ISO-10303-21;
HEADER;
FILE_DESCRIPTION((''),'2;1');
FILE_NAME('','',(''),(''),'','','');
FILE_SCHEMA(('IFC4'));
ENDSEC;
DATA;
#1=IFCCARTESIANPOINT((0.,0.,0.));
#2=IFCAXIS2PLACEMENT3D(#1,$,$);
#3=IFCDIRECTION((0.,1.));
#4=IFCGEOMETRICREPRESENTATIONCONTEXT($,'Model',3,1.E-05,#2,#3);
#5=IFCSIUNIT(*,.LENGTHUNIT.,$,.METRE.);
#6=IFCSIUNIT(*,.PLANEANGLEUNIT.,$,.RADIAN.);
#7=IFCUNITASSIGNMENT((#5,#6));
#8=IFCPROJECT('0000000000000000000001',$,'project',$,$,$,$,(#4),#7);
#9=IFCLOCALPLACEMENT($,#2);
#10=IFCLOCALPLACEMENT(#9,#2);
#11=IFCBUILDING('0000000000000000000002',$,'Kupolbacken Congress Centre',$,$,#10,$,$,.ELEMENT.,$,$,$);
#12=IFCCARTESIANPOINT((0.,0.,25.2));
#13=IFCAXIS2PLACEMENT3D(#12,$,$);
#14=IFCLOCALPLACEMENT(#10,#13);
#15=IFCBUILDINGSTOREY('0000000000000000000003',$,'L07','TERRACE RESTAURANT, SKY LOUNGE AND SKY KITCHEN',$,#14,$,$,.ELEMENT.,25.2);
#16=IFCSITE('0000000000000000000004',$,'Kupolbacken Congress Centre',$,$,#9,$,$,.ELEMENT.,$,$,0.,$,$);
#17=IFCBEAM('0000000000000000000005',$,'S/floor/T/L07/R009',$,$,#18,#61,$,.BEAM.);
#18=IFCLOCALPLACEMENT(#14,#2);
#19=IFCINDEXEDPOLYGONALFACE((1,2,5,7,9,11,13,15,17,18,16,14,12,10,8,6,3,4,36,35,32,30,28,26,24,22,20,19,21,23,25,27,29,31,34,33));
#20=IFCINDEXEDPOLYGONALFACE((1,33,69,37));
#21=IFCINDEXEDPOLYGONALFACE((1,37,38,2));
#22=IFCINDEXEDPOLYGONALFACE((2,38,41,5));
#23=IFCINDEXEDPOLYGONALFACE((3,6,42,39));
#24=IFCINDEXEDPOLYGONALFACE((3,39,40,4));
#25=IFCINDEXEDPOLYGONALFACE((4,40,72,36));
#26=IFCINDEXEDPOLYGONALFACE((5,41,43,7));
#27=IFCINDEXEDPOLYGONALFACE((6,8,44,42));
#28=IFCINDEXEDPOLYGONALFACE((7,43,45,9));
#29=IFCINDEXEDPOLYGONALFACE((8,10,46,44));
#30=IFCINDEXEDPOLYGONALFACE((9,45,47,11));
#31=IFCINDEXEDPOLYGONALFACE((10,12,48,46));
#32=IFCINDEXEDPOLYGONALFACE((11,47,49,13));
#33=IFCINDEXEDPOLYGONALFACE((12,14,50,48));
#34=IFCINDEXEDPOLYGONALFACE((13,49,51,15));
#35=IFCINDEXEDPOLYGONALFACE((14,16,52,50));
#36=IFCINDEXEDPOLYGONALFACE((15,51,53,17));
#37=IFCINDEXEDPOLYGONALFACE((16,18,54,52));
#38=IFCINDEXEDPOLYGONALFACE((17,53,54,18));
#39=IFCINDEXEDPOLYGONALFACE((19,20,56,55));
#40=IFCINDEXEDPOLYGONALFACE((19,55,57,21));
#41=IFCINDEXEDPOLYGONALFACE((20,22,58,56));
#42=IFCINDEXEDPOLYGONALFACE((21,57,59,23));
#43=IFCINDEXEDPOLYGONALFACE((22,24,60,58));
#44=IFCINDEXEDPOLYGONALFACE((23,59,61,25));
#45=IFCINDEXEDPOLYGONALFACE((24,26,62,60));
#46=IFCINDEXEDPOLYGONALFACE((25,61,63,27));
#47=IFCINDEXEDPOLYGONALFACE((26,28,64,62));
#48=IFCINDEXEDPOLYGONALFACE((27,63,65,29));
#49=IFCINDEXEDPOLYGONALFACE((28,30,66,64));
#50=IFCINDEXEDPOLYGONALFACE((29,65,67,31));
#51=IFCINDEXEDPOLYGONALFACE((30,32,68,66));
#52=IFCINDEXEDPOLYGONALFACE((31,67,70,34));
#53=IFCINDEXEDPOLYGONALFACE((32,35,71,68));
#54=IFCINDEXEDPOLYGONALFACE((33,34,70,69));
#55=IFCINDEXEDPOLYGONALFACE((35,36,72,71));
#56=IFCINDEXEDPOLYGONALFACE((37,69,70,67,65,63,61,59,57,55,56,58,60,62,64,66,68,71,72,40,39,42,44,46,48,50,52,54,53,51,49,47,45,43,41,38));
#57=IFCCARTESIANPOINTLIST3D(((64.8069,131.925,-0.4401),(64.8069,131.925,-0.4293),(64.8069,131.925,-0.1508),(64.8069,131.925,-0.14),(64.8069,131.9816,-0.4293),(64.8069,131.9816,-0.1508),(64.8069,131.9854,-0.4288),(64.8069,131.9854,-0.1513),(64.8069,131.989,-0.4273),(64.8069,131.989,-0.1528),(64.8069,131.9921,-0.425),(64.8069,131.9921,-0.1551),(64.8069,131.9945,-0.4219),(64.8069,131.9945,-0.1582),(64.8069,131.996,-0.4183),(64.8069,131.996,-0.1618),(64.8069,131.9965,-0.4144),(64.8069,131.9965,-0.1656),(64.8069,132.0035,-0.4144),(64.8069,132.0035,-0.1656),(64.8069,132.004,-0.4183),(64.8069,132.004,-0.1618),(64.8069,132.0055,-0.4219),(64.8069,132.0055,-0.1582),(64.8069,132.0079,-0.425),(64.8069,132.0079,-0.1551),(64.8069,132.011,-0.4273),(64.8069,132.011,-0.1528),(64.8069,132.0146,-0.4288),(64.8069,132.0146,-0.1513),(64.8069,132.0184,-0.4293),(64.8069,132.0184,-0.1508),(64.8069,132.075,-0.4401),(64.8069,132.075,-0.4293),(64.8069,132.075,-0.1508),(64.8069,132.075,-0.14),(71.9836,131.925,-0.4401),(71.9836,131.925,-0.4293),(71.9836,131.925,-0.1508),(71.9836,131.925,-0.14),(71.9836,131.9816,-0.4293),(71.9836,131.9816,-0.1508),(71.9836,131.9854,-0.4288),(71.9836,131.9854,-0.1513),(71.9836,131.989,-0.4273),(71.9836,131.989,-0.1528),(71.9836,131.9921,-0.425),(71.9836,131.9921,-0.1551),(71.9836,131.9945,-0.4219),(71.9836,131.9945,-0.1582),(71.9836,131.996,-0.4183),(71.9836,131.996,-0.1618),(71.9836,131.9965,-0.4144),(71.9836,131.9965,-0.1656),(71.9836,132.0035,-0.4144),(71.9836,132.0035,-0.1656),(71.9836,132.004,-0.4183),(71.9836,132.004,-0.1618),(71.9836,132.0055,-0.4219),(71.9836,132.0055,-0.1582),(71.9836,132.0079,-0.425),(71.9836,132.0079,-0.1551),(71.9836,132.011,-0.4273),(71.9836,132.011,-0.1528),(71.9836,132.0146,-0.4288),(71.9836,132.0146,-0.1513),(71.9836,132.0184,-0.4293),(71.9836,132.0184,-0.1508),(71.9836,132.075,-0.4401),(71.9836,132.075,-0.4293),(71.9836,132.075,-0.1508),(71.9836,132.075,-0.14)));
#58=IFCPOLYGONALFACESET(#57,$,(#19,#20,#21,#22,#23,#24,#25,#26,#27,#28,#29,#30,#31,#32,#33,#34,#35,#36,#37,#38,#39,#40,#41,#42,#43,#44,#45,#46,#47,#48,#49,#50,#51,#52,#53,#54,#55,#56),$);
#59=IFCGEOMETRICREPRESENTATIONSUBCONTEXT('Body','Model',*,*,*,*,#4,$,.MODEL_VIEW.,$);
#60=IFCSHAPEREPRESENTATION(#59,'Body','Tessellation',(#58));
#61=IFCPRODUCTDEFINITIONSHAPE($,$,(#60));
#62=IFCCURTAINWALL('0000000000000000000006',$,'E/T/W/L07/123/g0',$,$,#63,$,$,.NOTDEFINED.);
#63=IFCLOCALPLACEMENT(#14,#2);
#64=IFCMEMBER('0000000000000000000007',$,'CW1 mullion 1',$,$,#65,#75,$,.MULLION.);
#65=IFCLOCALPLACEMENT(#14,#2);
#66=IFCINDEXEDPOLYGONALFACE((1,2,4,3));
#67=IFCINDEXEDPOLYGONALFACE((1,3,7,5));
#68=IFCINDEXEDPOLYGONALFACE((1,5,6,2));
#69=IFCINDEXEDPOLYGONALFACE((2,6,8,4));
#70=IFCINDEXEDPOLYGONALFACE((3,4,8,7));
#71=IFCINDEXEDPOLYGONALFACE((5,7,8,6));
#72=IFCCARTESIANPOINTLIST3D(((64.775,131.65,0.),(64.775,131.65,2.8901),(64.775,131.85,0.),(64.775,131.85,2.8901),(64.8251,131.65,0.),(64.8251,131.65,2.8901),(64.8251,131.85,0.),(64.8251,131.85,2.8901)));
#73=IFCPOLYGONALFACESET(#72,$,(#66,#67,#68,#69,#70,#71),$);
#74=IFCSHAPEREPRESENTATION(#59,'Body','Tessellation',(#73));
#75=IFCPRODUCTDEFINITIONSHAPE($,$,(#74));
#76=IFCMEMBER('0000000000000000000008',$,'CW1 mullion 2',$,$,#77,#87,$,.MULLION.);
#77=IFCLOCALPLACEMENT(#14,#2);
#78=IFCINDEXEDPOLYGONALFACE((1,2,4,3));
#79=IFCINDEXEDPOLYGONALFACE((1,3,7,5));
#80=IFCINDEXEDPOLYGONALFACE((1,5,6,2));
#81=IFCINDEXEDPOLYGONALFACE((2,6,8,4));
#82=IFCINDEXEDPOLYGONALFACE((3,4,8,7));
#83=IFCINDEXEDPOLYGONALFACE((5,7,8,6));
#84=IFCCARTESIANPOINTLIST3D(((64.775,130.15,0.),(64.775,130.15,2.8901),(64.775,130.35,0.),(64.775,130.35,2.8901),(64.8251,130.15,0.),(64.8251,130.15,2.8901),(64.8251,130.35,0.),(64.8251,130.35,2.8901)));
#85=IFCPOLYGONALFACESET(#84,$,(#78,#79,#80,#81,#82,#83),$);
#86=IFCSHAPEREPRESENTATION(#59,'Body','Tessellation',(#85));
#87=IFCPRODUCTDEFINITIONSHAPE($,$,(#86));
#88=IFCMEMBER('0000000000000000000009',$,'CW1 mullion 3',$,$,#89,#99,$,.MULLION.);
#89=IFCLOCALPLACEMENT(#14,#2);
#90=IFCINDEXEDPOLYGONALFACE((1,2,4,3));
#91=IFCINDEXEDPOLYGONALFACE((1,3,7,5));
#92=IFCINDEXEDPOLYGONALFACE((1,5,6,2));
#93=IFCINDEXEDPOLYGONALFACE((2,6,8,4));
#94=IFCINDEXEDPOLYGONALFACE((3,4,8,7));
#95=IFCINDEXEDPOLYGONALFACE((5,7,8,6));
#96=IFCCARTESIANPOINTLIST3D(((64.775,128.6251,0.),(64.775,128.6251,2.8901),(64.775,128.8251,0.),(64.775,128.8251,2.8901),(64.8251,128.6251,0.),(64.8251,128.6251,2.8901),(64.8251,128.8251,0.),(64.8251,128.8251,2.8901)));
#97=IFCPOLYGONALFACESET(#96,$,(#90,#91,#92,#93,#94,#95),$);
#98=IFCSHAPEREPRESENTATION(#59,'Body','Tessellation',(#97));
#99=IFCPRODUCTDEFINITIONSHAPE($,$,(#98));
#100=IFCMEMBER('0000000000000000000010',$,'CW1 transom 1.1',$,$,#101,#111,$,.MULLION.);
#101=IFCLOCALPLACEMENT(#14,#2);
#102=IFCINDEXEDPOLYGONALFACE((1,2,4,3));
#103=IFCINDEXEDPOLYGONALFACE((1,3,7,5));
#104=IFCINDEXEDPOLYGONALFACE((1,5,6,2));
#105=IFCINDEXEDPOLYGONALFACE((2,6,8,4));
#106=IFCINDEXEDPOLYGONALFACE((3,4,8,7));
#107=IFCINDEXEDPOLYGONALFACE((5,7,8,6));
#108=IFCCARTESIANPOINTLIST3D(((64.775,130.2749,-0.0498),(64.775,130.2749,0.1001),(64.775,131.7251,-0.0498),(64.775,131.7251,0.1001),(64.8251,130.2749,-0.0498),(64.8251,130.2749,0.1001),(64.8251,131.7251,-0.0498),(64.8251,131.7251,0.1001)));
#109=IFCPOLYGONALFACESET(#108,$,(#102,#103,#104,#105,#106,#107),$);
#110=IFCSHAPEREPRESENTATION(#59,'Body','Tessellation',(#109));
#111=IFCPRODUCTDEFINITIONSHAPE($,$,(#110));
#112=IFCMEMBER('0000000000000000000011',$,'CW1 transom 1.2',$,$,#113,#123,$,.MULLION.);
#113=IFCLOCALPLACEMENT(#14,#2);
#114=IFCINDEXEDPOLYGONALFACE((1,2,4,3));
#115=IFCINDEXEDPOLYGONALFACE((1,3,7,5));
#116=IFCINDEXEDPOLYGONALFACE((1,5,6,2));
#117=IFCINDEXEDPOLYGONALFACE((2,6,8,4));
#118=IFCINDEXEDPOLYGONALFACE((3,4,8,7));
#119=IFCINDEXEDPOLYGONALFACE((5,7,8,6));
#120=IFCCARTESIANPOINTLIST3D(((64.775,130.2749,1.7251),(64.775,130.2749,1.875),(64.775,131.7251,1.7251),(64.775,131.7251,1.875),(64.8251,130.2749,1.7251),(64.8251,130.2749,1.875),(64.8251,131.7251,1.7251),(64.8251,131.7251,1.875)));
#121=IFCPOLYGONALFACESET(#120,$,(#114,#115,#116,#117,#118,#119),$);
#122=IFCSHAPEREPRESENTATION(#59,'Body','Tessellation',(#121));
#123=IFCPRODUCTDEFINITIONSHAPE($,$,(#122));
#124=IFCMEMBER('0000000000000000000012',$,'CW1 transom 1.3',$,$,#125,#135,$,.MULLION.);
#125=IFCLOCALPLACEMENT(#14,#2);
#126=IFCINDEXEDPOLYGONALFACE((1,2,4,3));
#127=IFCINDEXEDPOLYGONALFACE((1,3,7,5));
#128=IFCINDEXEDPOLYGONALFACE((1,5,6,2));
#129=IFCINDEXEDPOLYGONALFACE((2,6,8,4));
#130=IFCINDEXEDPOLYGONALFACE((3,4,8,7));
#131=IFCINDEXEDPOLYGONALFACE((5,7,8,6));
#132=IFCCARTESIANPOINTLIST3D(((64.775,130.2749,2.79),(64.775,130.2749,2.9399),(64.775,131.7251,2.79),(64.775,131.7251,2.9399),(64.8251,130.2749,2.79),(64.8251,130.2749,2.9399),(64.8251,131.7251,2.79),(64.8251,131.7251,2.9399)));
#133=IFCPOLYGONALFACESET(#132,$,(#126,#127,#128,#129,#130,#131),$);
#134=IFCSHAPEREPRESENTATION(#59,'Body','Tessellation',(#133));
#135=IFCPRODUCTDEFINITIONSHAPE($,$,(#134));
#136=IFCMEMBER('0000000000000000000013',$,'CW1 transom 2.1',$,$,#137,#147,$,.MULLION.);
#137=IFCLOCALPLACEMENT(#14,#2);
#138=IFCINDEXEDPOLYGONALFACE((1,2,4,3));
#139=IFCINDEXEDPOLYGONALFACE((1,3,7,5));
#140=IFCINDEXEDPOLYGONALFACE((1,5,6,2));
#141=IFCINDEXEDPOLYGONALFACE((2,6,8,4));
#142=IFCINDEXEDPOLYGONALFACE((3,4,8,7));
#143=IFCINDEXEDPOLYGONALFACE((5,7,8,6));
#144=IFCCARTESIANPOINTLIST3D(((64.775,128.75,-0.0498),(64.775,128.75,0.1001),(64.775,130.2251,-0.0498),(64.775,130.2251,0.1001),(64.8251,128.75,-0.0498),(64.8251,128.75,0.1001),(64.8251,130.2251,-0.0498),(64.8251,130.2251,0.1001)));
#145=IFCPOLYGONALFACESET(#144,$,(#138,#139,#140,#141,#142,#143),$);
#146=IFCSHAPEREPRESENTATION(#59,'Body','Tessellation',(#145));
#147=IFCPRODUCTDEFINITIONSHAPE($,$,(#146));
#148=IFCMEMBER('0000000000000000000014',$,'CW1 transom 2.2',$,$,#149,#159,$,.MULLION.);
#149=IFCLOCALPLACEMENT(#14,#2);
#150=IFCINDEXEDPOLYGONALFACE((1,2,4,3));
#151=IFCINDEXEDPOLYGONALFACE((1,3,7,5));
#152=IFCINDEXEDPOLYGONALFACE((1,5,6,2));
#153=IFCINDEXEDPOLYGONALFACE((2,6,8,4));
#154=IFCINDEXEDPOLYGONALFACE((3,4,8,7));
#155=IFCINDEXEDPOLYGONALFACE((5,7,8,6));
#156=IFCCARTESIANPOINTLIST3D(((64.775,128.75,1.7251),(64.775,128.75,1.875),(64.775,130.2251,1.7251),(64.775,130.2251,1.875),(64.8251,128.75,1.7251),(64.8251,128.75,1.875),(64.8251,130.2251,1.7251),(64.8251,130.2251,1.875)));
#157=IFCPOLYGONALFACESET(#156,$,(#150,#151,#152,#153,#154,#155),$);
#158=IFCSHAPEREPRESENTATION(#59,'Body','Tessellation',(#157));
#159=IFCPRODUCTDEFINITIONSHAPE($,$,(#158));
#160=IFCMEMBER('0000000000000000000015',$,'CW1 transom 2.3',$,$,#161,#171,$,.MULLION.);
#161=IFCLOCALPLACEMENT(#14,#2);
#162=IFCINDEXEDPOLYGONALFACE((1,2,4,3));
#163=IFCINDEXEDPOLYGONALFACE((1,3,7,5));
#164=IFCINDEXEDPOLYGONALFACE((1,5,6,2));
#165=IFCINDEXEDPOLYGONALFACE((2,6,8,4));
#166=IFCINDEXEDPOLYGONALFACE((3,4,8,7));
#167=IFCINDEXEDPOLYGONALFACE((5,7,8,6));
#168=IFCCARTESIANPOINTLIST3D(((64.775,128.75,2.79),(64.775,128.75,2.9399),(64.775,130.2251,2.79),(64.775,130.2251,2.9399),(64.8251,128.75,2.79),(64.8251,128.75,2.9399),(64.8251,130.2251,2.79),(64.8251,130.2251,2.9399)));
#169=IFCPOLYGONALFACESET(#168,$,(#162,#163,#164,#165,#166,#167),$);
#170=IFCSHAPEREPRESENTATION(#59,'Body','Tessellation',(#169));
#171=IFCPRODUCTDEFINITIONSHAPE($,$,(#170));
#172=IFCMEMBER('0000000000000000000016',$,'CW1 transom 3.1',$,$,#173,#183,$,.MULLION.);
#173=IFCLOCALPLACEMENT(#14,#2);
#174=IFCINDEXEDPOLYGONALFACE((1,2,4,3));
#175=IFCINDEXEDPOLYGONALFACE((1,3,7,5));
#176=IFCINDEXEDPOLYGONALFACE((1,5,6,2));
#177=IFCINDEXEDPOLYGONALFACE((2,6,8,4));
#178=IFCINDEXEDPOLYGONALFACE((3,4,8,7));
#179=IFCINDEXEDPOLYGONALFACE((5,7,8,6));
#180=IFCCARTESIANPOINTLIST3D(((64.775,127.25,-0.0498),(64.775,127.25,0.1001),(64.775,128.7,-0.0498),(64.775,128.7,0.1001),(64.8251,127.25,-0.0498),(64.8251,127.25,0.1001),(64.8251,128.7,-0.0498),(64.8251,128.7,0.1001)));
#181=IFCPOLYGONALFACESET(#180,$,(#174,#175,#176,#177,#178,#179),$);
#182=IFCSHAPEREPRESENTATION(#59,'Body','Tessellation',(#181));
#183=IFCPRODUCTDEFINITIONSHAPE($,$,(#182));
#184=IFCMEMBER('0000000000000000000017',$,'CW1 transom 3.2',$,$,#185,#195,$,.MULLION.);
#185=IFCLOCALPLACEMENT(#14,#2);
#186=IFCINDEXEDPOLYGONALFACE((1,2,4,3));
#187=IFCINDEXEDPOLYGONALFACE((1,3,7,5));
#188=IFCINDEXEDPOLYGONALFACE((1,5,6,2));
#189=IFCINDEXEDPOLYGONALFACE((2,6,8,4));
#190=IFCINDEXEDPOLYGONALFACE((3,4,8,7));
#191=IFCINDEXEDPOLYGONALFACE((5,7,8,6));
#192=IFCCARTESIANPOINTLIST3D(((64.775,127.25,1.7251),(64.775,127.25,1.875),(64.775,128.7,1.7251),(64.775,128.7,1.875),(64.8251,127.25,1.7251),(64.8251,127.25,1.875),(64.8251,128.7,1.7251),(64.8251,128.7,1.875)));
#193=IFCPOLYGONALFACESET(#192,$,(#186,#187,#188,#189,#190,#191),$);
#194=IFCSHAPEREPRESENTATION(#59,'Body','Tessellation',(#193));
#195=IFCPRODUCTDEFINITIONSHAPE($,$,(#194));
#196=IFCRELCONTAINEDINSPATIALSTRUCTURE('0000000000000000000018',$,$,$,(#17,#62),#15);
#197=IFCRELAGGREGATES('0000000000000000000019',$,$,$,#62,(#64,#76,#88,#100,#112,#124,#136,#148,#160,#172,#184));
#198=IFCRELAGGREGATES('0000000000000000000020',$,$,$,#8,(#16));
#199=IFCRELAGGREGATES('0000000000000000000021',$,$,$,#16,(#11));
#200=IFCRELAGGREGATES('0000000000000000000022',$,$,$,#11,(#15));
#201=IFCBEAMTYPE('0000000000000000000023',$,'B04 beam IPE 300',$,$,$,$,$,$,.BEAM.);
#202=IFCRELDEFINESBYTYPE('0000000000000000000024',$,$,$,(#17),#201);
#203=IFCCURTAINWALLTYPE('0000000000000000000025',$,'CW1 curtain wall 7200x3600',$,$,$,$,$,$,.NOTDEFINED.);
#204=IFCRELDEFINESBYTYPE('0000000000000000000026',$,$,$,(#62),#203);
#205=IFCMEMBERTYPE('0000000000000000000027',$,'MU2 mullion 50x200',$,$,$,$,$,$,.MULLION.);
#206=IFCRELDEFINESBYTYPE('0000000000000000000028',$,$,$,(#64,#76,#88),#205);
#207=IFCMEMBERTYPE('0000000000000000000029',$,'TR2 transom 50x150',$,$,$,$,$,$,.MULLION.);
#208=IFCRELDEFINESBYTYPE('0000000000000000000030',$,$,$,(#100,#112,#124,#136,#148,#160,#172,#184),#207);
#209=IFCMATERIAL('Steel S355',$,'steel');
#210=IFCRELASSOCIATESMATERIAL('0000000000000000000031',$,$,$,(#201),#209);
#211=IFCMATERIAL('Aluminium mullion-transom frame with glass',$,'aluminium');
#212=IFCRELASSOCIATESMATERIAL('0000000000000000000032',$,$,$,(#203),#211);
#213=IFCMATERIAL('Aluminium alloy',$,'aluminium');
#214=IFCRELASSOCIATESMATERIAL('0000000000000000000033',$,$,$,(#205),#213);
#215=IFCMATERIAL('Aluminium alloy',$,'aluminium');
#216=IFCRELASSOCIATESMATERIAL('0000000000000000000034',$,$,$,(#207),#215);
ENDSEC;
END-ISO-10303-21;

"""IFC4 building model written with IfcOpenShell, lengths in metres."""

from ifc_helpers import new_model, si_unit, direction, frame, origin, origin_2d, place, context, subcontext, project, spatial, rectangle, i_section, extrude, material, material_profile, profile_set, type_object, element, aggregate, save


model = new_model("IFC4")

# Units and contexts
model_context = context("Model", 3, precision=1e-05, world=origin(), true_north=direction((0.0, 1.0)))
body_context = subcontext(model_context, "Body", "Model", "MODEL_VIEW")
ifc_project = project(units=[si_unit("LENGTHUNIT", "METRE"), si_unit("PLANEANGLEUNIT", "RADIAN")], contexts=[model_context])

# Site, building, storey
site_placement = place(None, origin())
site = spatial("IfcSite", under=ifc_project, at=site_placement, Name="Kupolbacken Congress Centre", CompositionType="ELEMENT", RefElevation=0.0)
building_placement = place(site_placement, origin())
building = spatial("IfcBuilding", under=site, at=building_placement, Name="Kupolbacken Congress Centre", CompositionType="ELEMENT")
storey_placement = place(building_placement, frame((0.0, 0.0, 25.2)))
storey = spatial("IfcBuildingStorey", under=building, at=storey_placement, Name="L07", Description="TERRACE RESTAURANT, SKY LOUNGE AND SKY KITCHEN", CompositionType="ELEMENT", Elevation=25.2)

# Beam
ifc_material_1 = material(Name="Steel S355", Category="steel")
ifc_material_profile_1 = material_profile(ifc_material_1, i_section(OverallWidth=0.1499, OverallDepth=0.3, WebThickness=0.0071, FlangeThickness=0.0107, FilletRadius=0.0149, at=origin_2d()), Name="IPE 300")
ifc_profile_set_1 = profile_set([ifc_material_profile_1], Name="Steel S355")
beam_type = type_object("IfcBeamType", Name="B04 beam IPE 300", PredefinedType="BEAM", material=ifc_profile_set_1)
beam_placement = place(storey_placement, frame((64.8069, 132.0, -0.29), z_axis=(1.0, 0.0, 0.0), x_axis=(0.0, 1.0, 0.0)))
element("IfcBeam", 1, at=beam_placement, inside=storey, type_object=beam_type, Name="S/floor/T/L07/R009", PredefinedType="BEAM", context=body_context, shape_type="SweptSolid", body=[
    extrude(i_section(OverallWidth=0.1499, OverallDepth=0.3, WebThickness=0.0071, FlangeThickness=0.0107, FilletRadius=0.0149, at=origin_2d()), origin(), (0.0, 0.0, 1.0), 7.1768),
])

# Curtain wall, members
ifc_material_2 = material(Name="Aluminium mullion-transom frame with glass", Category="aluminium")
curtain_wall_type = type_object("IfcCurtainWallType", Name="CW1 curtain wall 7200x3600", PredefinedType="NOTDEFINED", material=ifc_material_2)
curtain_wall_placement = place(storey_placement, origin())
curtain_wall = element("IfcCurtainWall", 2, at=curtain_wall_placement, inside=storey, type_object=curtain_wall_type, Name="E/T/W/L07/123/g0", PredefinedType="NOTDEFINED")
ifc_material_3 = material(Name="Aluminium alloy", Category="aluminium")
ifc_material_profile_2 = material_profile(ifc_material_3, rectangle(XDim=0.05, YDim=0.2, at=origin_2d()), Name="50 x 200")
ifc_profile_set_2 = profile_set([ifc_material_profile_2], Name="Aluminium alloy")
member_type_1 = type_object("IfcMemberType", Name="MU2 mullion 50x200", PredefinedType="MULLION", material=ifc_profile_set_2)
member_1_placement = place(storey_placement, frame((64.8, 131.75, 0.0), z_axis=(0.0, 0.0, 1.0), x_axis=(1.0, 0.0, 0.0)))
member_1 = element("IfcMember", 3, at=member_1_placement, type_object=member_type_1, Name="CW1 mullion 1", PredefinedType="MULLION", context=body_context, shape_type="SweptSolid", body=[
    extrude(rectangle(XDim=0.05, YDim=0.2, at=origin_2d()), origin(), (0.0, 0.0, 1.0), 2.8901),
])
member_2_placement = place(storey_placement, frame((64.8, 130.25, 0.0), z_axis=(0.0, 0.0, 1.0), x_axis=(1.0, 0.0, 0.0)))
member_2 = element("IfcMember", 4, at=member_2_placement, type_object=member_type_1, Name="CW1 mullion 2", PredefinedType="MULLION", context=body_context, shape_type="SweptSolid", body=[
    extrude(rectangle(XDim=0.05, YDim=0.2, at=origin_2d()), origin(), (0.0, 0.0, 1.0), 2.8901),
])
member_3_placement = place(storey_placement, frame((64.8, 128.7251, 0.0), z_axis=(0.0, 0.0, 1.0), x_axis=(1.0, 0.0, 0.0)))
member_3 = element("IfcMember", 5, at=member_3_placement, type_object=member_type_1, Name="CW1 mullion 3", PredefinedType="MULLION", context=body_context, shape_type="SweptSolid", body=[
    extrude(rectangle(XDim=0.05, YDim=0.2, at=origin_2d()), origin(), (0.0, 0.0, 1.0), 2.8901),
])
ifc_material_4 = material(Name="Aluminium alloy", Category="aluminium")
ifc_material_profile_3 = material_profile(ifc_material_4, rectangle(XDim=0.05, YDim=0.1499, at=origin_2d()), Name="50 x 150")
ifc_profile_set_3 = profile_set([ifc_material_profile_3], Name="Aluminium alloy")
member_type_2 = type_object("IfcMemberType", Name="TR2 transom 50x150", PredefinedType="MULLION", material=ifc_profile_set_3)
member_4_placement = place(storey_placement, frame((64.8, 131.7251, 0.0251), z_axis=(0.0, -1.0, 0.0), x_axis=(1.0, 0.0, 0.0)))
member_4 = element("IfcMember", 6, at=member_4_placement, type_object=member_type_2, Name="CW1 transom 1.1", PredefinedType="MULLION", context=body_context, shape_type="SweptSolid", body=[
    extrude(rectangle(XDim=0.05, YDim=0.1499, at=origin_2d()), origin(), (0.0, 0.0, 1.0), 1.4502),
])
member_5_placement = place(storey_placement, frame((64.8, 131.7251, 1.8), z_axis=(0.0, -1.0, 0.0), x_axis=(1.0, 0.0, 0.0)))
member_5 = element("IfcMember", 7, at=member_5_placement, type_object=member_type_2, Name="CW1 transom 1.2", PredefinedType="MULLION", context=body_context, shape_type="SweptSolid", body=[
    extrude(rectangle(XDim=0.05, YDim=0.1499, at=origin_2d()), origin(), (0.0, 0.0, 1.0), 1.4502),
])
member_6_placement = place(storey_placement, frame((64.8, 131.7251, 2.865), z_axis=(0.0, -1.0, 0.0), x_axis=(1.0, 0.0, 0.0)))
member_6 = element("IfcMember", 8, at=member_6_placement, type_object=member_type_2, Name="CW1 transom 1.3", PredefinedType="MULLION", context=body_context, shape_type="SweptSolid", body=[
    extrude(rectangle(XDim=0.05, YDim=0.1499, at=origin_2d()), origin(), (0.0, 0.0, 1.0), 1.4502),
])
member_7_placement = place(storey_placement, frame((64.8, 130.2251, 0.0251), z_axis=(0.0, -1.0, 0.0), x_axis=(1.0, 0.0, 0.0)))
member_7 = element("IfcMember", 9, at=member_7_placement, type_object=member_type_2, Name="CW1 transom 2.1", PredefinedType="MULLION", context=body_context, shape_type="SweptSolid", body=[
    extrude(rectangle(XDim=0.05, YDim=0.1499, at=origin_2d()), origin(), (0.0, 0.0, 1.0), 1.4751),
])
member_8_placement = place(storey_placement, frame((64.8, 130.2251, 1.8), z_axis=(0.0, -1.0, 0.0), x_axis=(1.0, 0.0, 0.0)))
member_8 = element("IfcMember", 10, at=member_8_placement, type_object=member_type_2, Name="CW1 transom 2.2", PredefinedType="MULLION", context=body_context, shape_type="SweptSolid", body=[
    extrude(rectangle(XDim=0.05, YDim=0.1499, at=origin_2d()), origin(), (0.0, 0.0, 1.0), 1.4751),
])
member_9_placement = place(storey_placement, frame((64.8, 130.2251, 2.865), z_axis=(0.0, -1.0, 0.0), x_axis=(1.0, 0.0, 0.0)))
member_9 = element("IfcMember", 11, at=member_9_placement, type_object=member_type_2, Name="CW1 transom 2.3", PredefinedType="MULLION", context=body_context, shape_type="SweptSolid", body=[
    extrude(rectangle(XDim=0.05, YDim=0.1499, at=origin_2d()), origin(), (0.0, 0.0, 1.0), 1.4751),
])
member_10_placement = place(storey_placement, frame((64.8, 128.7, 0.0251), z_axis=(0.0, -1.0, 0.0), x_axis=(1.0, 0.0, 0.0)))
member_10 = element("IfcMember", 12, at=member_10_placement, type_object=member_type_2, Name="CW1 transom 3.1", PredefinedType="MULLION", context=body_context, shape_type="SweptSolid", body=[
    extrude(rectangle(XDim=0.05, YDim=0.1499, at=origin_2d()), origin(), (0.0, 0.0, 1.0), 1.45),
])
member_11_placement = place(storey_placement, frame((64.8, 128.7, 1.8), z_axis=(0.0, -1.0, 0.0), x_axis=(1.0, 0.0, 0.0)))
member_11 = element("IfcMember", 13, at=member_11_placement, type_object=member_type_2, Name="CW1 transom 3.2", PredefinedType="MULLION", context=body_context, shape_type="SweptSolid", body=[
    extrude(rectangle(XDim=0.05, YDim=0.1499, at=origin_2d()), origin(), (0.0, 0.0, 1.0), 1.45),
])
aggregate(curtain_wall, [member_1, member_2, member_3, member_4, member_5, member_6, member_7, member_8, member_9, member_10, member_11])

save(model, "model.ifc")
